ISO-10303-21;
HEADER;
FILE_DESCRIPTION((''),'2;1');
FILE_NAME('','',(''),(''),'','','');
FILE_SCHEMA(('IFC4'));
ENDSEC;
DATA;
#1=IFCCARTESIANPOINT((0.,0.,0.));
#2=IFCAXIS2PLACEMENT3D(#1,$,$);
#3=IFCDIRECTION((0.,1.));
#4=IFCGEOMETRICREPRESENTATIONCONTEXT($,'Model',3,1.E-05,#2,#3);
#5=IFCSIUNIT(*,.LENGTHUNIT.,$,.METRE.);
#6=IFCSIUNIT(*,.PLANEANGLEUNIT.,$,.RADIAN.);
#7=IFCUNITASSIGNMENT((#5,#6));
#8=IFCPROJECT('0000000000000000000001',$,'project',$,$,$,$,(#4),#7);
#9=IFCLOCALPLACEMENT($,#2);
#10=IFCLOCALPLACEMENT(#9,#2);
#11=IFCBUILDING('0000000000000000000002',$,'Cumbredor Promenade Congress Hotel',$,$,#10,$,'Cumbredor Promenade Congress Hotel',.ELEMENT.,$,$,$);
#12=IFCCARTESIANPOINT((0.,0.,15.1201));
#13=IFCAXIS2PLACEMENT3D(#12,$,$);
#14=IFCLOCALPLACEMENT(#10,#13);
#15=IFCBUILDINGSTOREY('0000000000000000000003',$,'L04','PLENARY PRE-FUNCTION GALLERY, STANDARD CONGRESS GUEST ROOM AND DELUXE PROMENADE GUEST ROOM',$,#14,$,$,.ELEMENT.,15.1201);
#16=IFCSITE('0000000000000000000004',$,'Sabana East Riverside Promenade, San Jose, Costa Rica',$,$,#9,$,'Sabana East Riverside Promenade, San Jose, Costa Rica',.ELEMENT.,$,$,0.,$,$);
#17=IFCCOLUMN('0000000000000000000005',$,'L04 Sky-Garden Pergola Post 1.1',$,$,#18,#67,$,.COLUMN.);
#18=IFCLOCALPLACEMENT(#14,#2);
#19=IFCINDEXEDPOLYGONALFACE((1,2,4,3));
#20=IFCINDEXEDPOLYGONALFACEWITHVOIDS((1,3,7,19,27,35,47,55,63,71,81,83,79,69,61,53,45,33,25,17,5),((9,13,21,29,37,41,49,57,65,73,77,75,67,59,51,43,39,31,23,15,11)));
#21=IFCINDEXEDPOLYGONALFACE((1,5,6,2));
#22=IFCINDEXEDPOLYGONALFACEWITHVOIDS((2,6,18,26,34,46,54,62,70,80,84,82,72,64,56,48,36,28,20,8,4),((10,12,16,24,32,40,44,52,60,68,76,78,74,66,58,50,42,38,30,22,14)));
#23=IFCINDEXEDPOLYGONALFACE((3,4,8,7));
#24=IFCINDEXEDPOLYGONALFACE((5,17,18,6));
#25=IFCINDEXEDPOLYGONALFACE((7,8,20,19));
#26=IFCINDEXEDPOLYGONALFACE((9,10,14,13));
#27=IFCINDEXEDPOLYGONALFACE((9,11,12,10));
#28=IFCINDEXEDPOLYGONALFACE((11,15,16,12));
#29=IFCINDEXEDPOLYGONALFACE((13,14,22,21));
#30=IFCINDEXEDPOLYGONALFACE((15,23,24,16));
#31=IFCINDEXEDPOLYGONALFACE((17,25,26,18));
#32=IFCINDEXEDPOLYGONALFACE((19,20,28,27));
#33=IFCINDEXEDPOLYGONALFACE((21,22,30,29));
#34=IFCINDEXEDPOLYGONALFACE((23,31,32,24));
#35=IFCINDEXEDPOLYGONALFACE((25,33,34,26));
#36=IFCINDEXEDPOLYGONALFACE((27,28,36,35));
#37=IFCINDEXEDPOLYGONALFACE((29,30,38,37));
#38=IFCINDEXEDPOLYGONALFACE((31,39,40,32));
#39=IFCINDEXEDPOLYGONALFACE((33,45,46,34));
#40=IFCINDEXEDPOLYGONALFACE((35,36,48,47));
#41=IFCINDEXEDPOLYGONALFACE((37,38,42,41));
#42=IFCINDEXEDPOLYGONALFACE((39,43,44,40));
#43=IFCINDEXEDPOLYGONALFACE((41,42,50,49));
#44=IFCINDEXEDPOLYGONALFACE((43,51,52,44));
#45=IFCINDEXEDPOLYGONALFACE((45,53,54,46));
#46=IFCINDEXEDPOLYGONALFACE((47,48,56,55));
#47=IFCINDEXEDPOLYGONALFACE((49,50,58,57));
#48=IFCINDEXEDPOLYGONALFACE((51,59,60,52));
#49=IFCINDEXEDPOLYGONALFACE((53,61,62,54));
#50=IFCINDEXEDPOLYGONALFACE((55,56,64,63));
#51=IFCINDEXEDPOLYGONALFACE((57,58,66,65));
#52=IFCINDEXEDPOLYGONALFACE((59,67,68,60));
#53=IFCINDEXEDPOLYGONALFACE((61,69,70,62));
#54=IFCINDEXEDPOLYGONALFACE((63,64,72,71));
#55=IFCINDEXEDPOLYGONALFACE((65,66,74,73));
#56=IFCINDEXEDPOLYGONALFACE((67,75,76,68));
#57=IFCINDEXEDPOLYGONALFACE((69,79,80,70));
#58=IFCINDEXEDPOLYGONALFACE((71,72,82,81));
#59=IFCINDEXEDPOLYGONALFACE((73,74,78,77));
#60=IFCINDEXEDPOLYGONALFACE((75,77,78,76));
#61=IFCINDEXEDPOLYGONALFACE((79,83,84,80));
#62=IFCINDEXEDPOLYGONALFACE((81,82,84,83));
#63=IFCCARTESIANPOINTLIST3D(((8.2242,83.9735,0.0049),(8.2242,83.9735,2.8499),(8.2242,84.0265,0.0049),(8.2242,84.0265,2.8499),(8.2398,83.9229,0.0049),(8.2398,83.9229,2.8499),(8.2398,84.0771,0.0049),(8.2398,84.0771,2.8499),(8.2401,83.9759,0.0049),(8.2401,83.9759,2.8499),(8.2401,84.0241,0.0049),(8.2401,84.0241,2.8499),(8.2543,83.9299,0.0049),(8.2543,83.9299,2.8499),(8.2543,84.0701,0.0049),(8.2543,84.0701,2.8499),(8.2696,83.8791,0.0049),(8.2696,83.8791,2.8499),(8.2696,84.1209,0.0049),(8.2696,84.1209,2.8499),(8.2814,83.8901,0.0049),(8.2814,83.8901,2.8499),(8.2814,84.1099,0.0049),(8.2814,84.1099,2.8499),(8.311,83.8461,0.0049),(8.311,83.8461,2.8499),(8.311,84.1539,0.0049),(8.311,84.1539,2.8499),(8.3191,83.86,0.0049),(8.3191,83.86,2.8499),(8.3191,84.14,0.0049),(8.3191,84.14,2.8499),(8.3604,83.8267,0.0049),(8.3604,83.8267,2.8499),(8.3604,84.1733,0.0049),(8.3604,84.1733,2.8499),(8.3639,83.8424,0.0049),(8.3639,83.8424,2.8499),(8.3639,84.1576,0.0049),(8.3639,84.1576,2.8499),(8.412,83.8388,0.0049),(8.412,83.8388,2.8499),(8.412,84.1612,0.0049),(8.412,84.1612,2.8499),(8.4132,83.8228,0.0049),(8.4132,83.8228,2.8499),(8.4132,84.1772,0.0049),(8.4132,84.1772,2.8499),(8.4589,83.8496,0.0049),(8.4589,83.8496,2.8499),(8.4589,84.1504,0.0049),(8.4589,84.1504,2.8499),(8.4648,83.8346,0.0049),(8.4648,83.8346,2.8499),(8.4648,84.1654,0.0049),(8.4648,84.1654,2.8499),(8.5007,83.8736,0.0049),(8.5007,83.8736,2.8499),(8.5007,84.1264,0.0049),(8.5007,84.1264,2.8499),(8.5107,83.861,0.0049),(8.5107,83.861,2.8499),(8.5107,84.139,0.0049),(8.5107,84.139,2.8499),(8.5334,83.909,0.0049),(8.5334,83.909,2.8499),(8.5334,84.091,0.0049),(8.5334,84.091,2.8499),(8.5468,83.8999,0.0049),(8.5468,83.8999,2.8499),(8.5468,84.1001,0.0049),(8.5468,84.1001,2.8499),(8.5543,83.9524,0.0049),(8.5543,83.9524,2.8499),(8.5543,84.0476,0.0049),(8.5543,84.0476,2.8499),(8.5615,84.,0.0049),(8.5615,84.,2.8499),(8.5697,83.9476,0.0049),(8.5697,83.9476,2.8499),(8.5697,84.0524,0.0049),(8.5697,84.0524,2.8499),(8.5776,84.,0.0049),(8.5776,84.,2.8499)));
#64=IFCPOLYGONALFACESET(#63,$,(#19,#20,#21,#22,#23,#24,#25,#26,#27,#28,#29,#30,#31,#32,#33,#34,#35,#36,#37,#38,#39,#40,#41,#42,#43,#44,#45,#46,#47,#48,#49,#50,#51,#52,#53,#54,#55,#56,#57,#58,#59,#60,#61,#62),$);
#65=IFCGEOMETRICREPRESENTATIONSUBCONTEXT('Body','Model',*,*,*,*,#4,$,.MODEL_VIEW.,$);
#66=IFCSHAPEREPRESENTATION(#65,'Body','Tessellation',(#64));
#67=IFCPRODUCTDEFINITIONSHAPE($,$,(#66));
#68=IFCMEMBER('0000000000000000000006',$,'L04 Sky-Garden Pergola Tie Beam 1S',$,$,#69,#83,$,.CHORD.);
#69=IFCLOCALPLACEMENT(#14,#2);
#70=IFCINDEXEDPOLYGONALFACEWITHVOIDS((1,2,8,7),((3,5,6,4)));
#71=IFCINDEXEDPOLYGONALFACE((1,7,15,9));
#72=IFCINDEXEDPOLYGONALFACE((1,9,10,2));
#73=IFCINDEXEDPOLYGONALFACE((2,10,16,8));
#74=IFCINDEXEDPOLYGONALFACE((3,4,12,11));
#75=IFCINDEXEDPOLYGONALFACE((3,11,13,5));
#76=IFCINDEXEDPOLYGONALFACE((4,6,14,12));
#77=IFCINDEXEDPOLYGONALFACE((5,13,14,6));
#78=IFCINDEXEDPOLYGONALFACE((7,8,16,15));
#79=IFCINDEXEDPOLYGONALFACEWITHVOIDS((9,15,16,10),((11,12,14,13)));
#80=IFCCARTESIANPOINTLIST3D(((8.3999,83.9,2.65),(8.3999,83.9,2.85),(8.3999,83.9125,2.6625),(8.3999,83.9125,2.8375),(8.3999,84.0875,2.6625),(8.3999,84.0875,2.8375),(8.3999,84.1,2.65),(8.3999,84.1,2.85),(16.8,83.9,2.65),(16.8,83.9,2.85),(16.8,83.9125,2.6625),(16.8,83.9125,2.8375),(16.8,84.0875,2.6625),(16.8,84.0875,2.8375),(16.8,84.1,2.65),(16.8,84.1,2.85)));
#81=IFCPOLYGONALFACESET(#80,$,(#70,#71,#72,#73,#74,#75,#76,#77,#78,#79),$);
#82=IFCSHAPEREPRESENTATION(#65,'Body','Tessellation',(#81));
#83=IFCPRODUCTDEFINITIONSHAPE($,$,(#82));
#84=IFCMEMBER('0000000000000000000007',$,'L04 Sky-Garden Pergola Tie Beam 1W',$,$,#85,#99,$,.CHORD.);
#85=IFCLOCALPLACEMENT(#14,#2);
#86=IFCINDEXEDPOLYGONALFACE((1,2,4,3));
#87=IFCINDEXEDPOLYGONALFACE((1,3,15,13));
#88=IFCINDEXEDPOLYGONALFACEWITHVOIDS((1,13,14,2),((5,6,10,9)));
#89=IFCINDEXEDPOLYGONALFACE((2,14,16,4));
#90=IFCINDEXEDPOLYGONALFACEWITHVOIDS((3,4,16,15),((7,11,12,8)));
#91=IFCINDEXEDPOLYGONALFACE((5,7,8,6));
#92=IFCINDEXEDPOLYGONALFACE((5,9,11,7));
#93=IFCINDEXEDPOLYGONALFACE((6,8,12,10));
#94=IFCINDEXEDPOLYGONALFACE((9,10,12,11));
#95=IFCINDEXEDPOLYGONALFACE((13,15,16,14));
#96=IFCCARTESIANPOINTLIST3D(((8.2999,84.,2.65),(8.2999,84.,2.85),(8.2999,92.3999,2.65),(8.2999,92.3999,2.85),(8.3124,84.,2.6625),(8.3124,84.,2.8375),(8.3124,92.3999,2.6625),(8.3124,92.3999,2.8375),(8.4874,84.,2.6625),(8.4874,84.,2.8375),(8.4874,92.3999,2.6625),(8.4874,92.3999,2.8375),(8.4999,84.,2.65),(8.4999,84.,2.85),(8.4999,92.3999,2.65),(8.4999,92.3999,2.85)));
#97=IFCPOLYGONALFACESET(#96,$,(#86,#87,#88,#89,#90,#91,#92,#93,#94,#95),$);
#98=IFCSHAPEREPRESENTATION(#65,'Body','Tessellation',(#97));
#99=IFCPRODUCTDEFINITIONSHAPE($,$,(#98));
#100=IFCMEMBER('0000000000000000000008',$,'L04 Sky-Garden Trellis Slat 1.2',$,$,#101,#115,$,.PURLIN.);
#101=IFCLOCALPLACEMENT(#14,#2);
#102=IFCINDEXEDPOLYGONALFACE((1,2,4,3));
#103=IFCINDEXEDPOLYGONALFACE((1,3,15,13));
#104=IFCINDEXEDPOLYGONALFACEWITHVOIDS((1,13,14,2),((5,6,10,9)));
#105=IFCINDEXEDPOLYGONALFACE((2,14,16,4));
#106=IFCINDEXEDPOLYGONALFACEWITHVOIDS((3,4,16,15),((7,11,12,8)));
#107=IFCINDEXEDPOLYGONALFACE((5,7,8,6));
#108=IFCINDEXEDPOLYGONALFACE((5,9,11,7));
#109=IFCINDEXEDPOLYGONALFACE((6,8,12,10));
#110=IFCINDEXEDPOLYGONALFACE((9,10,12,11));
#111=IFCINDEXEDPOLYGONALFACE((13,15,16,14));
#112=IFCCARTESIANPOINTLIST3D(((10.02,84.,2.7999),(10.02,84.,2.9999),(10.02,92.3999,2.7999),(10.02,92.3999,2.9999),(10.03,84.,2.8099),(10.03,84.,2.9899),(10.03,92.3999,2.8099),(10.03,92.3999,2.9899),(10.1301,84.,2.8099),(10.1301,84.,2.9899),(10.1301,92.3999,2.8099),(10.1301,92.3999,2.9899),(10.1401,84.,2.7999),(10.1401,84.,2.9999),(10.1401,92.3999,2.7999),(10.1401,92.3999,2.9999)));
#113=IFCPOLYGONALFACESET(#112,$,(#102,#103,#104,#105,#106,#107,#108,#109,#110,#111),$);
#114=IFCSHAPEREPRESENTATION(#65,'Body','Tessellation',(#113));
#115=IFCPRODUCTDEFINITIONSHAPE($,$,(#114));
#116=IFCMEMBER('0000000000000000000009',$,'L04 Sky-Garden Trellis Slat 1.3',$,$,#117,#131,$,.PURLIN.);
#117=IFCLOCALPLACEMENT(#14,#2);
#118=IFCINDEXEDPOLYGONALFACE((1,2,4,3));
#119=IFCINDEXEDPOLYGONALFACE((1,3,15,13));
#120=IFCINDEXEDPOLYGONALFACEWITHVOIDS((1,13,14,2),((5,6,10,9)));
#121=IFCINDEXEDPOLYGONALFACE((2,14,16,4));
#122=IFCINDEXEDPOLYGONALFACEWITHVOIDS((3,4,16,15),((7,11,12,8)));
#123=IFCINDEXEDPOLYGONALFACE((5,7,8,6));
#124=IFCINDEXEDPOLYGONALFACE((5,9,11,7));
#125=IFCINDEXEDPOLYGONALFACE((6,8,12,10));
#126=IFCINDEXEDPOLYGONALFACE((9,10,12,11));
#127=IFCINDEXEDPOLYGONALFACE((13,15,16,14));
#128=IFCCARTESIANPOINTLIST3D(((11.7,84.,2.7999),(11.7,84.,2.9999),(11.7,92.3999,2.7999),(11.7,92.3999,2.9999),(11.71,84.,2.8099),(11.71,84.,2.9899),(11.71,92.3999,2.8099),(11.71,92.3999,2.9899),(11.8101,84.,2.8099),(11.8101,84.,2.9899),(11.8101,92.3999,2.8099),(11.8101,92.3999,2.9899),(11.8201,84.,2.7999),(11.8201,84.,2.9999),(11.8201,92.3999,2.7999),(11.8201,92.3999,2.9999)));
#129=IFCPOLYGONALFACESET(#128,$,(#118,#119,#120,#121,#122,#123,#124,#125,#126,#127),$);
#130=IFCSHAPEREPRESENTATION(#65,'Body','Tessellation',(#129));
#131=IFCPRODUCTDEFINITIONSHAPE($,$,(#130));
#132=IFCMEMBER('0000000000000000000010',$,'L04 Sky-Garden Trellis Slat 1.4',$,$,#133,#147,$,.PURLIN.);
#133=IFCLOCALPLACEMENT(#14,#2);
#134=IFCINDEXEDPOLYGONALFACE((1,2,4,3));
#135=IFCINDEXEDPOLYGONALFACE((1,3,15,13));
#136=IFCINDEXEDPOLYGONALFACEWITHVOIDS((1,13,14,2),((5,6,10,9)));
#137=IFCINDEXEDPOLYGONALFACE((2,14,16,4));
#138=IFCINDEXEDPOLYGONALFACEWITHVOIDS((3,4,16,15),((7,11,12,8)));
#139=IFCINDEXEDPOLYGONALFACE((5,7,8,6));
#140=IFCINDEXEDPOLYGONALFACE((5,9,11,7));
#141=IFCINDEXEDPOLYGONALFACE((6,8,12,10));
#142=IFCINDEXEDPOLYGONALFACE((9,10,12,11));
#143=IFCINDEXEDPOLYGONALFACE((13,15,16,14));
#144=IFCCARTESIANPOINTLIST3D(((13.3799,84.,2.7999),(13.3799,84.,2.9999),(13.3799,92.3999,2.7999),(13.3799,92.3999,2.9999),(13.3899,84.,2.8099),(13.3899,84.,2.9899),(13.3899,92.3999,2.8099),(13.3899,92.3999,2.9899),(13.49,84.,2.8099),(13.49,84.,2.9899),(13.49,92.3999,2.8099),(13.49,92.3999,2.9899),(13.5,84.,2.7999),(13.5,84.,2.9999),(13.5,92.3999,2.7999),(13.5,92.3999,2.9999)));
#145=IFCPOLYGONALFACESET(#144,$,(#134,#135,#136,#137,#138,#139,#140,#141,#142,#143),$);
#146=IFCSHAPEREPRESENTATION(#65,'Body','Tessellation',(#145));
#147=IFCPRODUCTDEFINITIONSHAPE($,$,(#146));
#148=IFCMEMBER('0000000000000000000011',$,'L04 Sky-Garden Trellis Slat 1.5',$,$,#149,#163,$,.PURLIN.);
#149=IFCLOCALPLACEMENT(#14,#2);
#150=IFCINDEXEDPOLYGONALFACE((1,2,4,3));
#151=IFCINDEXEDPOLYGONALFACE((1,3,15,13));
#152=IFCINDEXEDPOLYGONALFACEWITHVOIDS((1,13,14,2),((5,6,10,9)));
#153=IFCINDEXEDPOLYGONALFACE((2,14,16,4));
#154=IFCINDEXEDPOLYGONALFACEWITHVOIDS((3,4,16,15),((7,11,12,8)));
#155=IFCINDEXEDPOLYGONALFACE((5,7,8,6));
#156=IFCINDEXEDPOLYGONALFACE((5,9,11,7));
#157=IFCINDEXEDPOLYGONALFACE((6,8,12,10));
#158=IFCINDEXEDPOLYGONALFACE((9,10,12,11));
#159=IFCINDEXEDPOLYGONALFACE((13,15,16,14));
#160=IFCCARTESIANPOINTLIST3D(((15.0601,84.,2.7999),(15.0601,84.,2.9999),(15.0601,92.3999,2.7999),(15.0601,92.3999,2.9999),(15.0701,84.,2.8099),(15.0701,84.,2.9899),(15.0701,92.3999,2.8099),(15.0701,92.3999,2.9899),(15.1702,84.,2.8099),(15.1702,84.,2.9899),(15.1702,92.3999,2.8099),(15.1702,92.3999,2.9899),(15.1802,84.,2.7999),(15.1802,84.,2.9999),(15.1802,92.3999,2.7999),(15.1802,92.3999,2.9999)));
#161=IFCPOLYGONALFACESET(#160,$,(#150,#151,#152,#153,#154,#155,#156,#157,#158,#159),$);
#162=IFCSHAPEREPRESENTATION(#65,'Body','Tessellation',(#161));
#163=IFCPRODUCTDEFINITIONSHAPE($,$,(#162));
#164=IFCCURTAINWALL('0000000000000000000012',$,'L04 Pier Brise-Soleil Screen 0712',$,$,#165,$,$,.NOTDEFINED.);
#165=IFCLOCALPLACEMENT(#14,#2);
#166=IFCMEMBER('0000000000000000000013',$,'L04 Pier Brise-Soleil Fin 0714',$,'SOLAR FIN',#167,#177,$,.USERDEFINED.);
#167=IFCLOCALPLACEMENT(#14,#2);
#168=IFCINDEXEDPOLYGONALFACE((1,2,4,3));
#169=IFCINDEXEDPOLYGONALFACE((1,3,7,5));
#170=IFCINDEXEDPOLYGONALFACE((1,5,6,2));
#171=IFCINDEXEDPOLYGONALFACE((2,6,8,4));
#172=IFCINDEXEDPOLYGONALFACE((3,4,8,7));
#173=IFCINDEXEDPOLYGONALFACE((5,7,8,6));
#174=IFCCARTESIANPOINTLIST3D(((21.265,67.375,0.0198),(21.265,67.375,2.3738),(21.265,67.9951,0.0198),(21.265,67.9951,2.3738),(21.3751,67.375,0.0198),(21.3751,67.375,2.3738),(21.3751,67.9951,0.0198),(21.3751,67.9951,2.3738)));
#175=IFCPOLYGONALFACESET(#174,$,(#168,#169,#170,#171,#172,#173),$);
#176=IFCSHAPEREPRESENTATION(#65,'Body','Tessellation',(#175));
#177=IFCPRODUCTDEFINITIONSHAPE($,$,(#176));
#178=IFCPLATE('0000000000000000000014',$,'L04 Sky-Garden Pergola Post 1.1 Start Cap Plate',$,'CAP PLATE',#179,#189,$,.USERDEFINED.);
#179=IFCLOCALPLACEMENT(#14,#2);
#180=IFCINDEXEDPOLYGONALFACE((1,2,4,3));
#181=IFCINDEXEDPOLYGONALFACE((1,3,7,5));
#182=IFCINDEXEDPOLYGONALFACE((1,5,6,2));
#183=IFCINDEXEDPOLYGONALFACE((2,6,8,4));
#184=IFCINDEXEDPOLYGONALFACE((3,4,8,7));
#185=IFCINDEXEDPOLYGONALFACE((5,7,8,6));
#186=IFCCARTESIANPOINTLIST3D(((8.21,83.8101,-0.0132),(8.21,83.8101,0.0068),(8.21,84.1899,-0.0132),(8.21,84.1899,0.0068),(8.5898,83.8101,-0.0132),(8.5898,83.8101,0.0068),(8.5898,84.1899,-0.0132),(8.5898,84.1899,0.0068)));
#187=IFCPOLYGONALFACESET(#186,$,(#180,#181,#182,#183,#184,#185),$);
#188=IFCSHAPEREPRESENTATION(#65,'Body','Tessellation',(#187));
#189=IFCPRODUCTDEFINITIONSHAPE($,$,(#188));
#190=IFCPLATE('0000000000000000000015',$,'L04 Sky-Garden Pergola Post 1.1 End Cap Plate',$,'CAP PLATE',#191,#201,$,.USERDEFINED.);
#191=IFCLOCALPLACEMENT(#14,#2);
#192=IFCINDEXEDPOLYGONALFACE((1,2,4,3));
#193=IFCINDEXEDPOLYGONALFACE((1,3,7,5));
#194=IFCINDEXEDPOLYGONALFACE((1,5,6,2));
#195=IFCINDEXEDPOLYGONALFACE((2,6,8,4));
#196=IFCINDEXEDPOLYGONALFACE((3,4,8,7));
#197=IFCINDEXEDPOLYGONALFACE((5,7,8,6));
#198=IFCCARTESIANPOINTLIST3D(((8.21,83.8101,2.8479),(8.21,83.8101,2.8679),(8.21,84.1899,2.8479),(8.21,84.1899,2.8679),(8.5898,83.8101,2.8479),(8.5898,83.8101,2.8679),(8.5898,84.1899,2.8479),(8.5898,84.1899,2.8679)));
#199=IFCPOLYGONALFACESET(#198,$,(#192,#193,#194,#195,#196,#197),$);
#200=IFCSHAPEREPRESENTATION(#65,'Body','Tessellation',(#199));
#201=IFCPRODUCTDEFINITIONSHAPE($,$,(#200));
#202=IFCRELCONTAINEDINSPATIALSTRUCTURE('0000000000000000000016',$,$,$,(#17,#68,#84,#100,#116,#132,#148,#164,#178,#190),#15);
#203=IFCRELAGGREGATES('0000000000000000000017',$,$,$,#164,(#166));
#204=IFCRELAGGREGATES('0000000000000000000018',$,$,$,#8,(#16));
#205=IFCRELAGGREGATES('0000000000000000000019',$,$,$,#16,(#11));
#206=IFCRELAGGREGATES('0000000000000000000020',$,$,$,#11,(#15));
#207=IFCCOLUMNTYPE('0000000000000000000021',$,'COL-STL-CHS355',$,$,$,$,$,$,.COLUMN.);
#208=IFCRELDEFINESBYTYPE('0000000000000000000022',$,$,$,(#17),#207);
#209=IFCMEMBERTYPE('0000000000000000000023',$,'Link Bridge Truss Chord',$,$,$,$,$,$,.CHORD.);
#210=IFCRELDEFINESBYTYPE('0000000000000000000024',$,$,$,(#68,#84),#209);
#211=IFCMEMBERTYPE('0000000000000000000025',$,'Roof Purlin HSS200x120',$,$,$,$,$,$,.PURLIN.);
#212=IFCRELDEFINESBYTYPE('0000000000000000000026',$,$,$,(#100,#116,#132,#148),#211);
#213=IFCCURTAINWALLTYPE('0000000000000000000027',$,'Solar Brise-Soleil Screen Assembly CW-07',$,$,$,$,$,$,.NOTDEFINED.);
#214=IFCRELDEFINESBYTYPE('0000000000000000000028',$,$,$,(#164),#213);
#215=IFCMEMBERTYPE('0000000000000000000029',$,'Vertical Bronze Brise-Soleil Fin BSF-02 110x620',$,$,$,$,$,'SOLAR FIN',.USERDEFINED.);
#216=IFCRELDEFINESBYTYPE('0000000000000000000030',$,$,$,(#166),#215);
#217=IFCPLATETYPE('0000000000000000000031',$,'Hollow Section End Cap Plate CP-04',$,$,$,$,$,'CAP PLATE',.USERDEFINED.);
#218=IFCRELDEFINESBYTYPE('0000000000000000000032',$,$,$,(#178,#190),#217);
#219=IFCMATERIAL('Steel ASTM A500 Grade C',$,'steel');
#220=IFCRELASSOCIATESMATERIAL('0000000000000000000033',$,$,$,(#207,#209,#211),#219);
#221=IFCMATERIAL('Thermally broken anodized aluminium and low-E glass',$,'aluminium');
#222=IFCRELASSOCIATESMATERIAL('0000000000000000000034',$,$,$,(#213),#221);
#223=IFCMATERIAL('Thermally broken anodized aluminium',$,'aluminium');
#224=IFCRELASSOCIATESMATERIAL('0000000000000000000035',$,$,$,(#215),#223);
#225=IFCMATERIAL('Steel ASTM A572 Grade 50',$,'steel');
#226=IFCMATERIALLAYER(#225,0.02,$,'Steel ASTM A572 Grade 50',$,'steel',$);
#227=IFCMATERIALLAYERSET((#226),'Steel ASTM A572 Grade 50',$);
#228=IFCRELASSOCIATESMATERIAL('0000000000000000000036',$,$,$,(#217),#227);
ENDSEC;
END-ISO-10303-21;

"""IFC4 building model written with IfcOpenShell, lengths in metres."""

from ifc_helpers import new_model, si_unit, direction, frame, origin, origin_2d, place, context, subcontext, project, spatial, rectangle, hollow_rectangle, hollow_circle, extrude, material, layer, layer_set, material_profile, profile_set, type_object, element, aggregate, save


model = new_model("IFC4")

# Units and contexts
model_context = context("Model", 3, precision=1e-05, world=origin(), true_north=direction((0.0, 1.0)))
body_context = subcontext(model_context, "Body", "Model", "MODEL_VIEW")
ifc_project = project(units=[si_unit("LENGTHUNIT", "METRE"), si_unit("PLANEANGLEUNIT", "RADIAN")], contexts=[model_context])

# Site, building, storey
site_placement = place(None, origin())
site = spatial("IfcSite", under=ifc_project, at=site_placement, Name="Sabana East Riverside Promenade, San Jose, Costa Rica", LongName="Sabana East Riverside Promenade, San Jose, Costa Rica", CompositionType="ELEMENT", RefElevation=0.0)
building_placement = place(site_placement, origin())
building = spatial("IfcBuilding", under=site, at=building_placement, Name="Cumbredor Promenade Congress Hotel", LongName="Cumbredor Promenade Congress Hotel", CompositionType="ELEMENT")
storey_placement = place(building_placement, frame((0.0, 0.0, 15.1201)))
storey = spatial("IfcBuildingStorey", under=building, at=storey_placement, Name="L04", Description="PLENARY PRE-FUNCTION GALLERY, STANDARD CONGRESS GUEST ROOM AND DELUXE PROMENADE GUEST ROOM", CompositionType="ELEMENT", Elevation=15.1201)

# Column
ifc_material_1 = material(Name="Steel ASTM A500 Grade C", Category="steel")
ifc_material_profile_1 = material_profile(ifc_material_1, hollow_circle(Radius=0.1777, WallThickness=0.0161, at=origin_2d()), Name="CHS 355.6x16")
ifc_profile_set_1 = profile_set([ifc_material_profile_1], Name="Steel ASTM A500 Grade C")
column_type = type_object("IfcColumnType", Name="COL-STL-CHS355", PredefinedType="COLUMN", material=ifc_profile_set_1)
column_placement = place(storey_placement, frame((8.3999, 84.0, 0.0049), z_axis=(0.0, 0.0, 1.0), x_axis=(1.0, 0.0, 0.0)))
element("IfcColumn", 1, at=column_placement, inside=storey, type_object=column_type, Name="L04 Sky-Garden Pergola Post 1.1", PredefinedType="COLUMN", context=body_context, shape_type="SweptSolid", body=[
    extrude(hollow_circle(Radius=0.1777, WallThickness=0.0161, at=origin_2d()), origin(), (0.0, 0.0, 1.0), 2.845),
])

# Members
ifc_material_profile_2 = material_profile(ifc_material_1, hollow_rectangle(XDim=0.2, YDim=0.2, WallThickness=0.0125, at=origin_2d()), Name="HSS 200x200x12.5")
ifc_profile_set_2 = profile_set([ifc_material_profile_2], Name="Steel ASTM A500 Grade C")
member_type_1 = type_object("IfcMemberType", Name="Link Bridge Truss Chord", PredefinedType="CHORD", material=ifc_profile_set_2)
member_1_placement = place(storey_placement, frame((8.3999, 84.0, 2.75), z_axis=(1.0, 0.0, 0.0), x_axis=(0.0, 1.0, 0.0)))
element("IfcMember", 2, at=member_1_placement, inside=storey, type_object=member_type_1, Name="L04 Sky-Garden Pergola Tie Beam 1S", PredefinedType="CHORD", context=body_context, shape_type="SweptSolid", body=[
    extrude(hollow_rectangle(XDim=0.2, YDim=0.2, WallThickness=0.0125, at=origin_2d()), origin(), (0.0, 0.0, 1.0), 8.4001),
])
member_2_placement = place(storey_placement, frame((8.3999, 84.0, 2.75), z_axis=(0.0, 1.0, 0.0), x_axis=(-1.0, 0.0, 0.0)))
element("IfcMember", 3, at=member_2_placement, inside=storey, type_object=member_type_1, Name="L04 Sky-Garden Pergola Tie Beam 1W", PredefinedType="CHORD", context=body_context, shape_type="SweptSolid", body=[
    extrude(hollow_rectangle(XDim=0.2, YDim=0.2, WallThickness=0.0125, at=origin_2d()), origin(), (0.0, 0.0, 1.0), 8.3999),
])
ifc_material_profile_3 = material_profile(ifc_material_1, hollow_rectangle(XDim=0.1201, YDim=0.2, WallThickness=0.01, at=origin_2d()), Name="HSS 200x120x10")
ifc_profile_set_3 = profile_set([ifc_material_profile_3], Name="Steel ASTM A500 Grade C")
member_type_2 = type_object("IfcMemberType", Name="Roof Purlin HSS200x120", PredefinedType="PURLIN", material=ifc_profile_set_3)
for number, where, z_axis, x_axis, name in (
    (4, (10.0801, 84.0, 2.8999), (0.0, 1.0, 0.0), (-1.0, 0.0, 0.0), "L04 Sky-Garden Trellis Slat 1.2"),
    (5, (11.76, 84.0, 2.8999), (0.0, 1.0, 0.0), (-1.0, 0.0, 0.0), "L04 Sky-Garden Trellis Slat 1.3"),
    (6, (13.4399, 84.0, 2.8999), (0.0, 1.0, 0.0), (-1.0, 0.0, 0.0), "L04 Sky-Garden Trellis Slat 1.4"),
    (7, (15.1201, 84.0, 2.8999), (0.0, 1.0, 0.0), (-1.0, 0.0, 0.0), "L04 Sky-Garden Trellis Slat 1.5"),
):
    element("IfcMember", number, at=place(storey_placement, frame(where, z_axis=z_axis, x_axis=x_axis)), inside=storey, type_object=member_type_2, Name=name, PredefinedType="PURLIN", context=body_context, shape_type="SweptSolid", body=[
        extrude(hollow_rectangle(XDim=0.1201, YDim=0.2, WallThickness=0.01, at=origin_2d()), origin(), (0.0, 0.0, 1.0), 8.3999),
    ])

# Curtain wall, member
ifc_material_2 = material(Name="Thermally broken anodized aluminium and low-E glass", Category="aluminium")
curtain_wall_type = type_object("IfcCurtainWallType", Name="Solar Brise-Soleil Screen Assembly CW-07", PredefinedType="NOTDEFINED", material=ifc_material_2)
curtain_wall_placement = place(storey_placement, origin())
curtain_wall = element("IfcCurtainWall", 8, at=curtain_wall_placement, inside=storey, type_object=curtain_wall_type, Name="L04 Pier Brise-Soleil Screen 0712", PredefinedType="NOTDEFINED")
ifc_material_3 = material(Name="Thermally broken anodized aluminium", Category="aluminium")
ifc_material_profile_4 = material_profile(ifc_material_3, rectangle(XDim=0.1101, YDim=0.6201, at=origin_2d()), Name="ARCH FIN 110x620")
ifc_profile_set_4 = profile_set([ifc_material_profile_4], Name="Thermally broken anodized aluminium")
member_type_3 = type_object("IfcMemberType", Name="Vertical Bronze Brise-Soleil Fin BSF-02 110x620", ElementType="SOLAR FIN", PredefinedType="USERDEFINED", material=ifc_profile_set_4)
member_3_placement = place(storey_placement, frame((21.3201, 67.6851, 0.0198), z_axis=(0.0, 0.0, 1.0), x_axis=(1.0, 0.0, 0.0)))
member_3 = element("IfcMember", 9, at=member_3_placement, type_object=member_type_3, Name="L04 Pier Brise-Soleil Fin 0714", ObjectType="SOLAR FIN", PredefinedType="USERDEFINED", context=body_context, shape_type="SweptSolid", body=[
    extrude(rectangle(XDim=0.1101, YDim=0.6201, at=origin_2d()), origin(), (0.0, 0.0, 1.0), 2.354),
])
aggregate(curtain_wall, [member_3])

# Plates
ifc_material_4 = material(Name="Steel ASTM A572 Grade 50", Category="steel")
ifc_layer_1 = layer(ifc_material_4, 0.02, Name="Steel ASTM A572 Grade 50", Category="steel")
ifc_layer_set_1 = layer_set([ifc_layer_1], Name="Steel ASTM A572 Grade 50")
plate_type_1 = type_object("IfcPlateType", Name="Hollow Section End Cap Plate CP-04", ElementType="CAP PLATE", PredefinedType="USERDEFINED", material=ifc_layer_set_1)
for number, where, z_axis, x_axis, name in (
    (10, (8.3999, 84.0, -0.0132), (0.0, 0.0, 1.0), (1.0, 0.0, 0.0), "L04 Sky-Garden Pergola Post 1.1 Start Cap Plate"),
    (11, (8.3999, 84.0, 2.8479), (0.0, 0.0, 1.0), (1.0, 0.0, 0.0), "L04 Sky-Garden Pergola Post 1.1 End Cap Plate"),
):
    element("IfcPlate", number, at=place(storey_placement, frame(where, z_axis=z_axis, x_axis=x_axis)), inside=storey, type_object=plate_type_1, Name=name, ObjectType="CAP PLATE", PredefinedType="USERDEFINED", context=body_context, shape_type="SweptSolid", body=[
        extrude(rectangle(XDim=0.3799, YDim=0.3799, at=origin_2d()), origin(), (0.0, 0.0, 1.0), 0.02),
    ])

save(model, "model.ifc")
